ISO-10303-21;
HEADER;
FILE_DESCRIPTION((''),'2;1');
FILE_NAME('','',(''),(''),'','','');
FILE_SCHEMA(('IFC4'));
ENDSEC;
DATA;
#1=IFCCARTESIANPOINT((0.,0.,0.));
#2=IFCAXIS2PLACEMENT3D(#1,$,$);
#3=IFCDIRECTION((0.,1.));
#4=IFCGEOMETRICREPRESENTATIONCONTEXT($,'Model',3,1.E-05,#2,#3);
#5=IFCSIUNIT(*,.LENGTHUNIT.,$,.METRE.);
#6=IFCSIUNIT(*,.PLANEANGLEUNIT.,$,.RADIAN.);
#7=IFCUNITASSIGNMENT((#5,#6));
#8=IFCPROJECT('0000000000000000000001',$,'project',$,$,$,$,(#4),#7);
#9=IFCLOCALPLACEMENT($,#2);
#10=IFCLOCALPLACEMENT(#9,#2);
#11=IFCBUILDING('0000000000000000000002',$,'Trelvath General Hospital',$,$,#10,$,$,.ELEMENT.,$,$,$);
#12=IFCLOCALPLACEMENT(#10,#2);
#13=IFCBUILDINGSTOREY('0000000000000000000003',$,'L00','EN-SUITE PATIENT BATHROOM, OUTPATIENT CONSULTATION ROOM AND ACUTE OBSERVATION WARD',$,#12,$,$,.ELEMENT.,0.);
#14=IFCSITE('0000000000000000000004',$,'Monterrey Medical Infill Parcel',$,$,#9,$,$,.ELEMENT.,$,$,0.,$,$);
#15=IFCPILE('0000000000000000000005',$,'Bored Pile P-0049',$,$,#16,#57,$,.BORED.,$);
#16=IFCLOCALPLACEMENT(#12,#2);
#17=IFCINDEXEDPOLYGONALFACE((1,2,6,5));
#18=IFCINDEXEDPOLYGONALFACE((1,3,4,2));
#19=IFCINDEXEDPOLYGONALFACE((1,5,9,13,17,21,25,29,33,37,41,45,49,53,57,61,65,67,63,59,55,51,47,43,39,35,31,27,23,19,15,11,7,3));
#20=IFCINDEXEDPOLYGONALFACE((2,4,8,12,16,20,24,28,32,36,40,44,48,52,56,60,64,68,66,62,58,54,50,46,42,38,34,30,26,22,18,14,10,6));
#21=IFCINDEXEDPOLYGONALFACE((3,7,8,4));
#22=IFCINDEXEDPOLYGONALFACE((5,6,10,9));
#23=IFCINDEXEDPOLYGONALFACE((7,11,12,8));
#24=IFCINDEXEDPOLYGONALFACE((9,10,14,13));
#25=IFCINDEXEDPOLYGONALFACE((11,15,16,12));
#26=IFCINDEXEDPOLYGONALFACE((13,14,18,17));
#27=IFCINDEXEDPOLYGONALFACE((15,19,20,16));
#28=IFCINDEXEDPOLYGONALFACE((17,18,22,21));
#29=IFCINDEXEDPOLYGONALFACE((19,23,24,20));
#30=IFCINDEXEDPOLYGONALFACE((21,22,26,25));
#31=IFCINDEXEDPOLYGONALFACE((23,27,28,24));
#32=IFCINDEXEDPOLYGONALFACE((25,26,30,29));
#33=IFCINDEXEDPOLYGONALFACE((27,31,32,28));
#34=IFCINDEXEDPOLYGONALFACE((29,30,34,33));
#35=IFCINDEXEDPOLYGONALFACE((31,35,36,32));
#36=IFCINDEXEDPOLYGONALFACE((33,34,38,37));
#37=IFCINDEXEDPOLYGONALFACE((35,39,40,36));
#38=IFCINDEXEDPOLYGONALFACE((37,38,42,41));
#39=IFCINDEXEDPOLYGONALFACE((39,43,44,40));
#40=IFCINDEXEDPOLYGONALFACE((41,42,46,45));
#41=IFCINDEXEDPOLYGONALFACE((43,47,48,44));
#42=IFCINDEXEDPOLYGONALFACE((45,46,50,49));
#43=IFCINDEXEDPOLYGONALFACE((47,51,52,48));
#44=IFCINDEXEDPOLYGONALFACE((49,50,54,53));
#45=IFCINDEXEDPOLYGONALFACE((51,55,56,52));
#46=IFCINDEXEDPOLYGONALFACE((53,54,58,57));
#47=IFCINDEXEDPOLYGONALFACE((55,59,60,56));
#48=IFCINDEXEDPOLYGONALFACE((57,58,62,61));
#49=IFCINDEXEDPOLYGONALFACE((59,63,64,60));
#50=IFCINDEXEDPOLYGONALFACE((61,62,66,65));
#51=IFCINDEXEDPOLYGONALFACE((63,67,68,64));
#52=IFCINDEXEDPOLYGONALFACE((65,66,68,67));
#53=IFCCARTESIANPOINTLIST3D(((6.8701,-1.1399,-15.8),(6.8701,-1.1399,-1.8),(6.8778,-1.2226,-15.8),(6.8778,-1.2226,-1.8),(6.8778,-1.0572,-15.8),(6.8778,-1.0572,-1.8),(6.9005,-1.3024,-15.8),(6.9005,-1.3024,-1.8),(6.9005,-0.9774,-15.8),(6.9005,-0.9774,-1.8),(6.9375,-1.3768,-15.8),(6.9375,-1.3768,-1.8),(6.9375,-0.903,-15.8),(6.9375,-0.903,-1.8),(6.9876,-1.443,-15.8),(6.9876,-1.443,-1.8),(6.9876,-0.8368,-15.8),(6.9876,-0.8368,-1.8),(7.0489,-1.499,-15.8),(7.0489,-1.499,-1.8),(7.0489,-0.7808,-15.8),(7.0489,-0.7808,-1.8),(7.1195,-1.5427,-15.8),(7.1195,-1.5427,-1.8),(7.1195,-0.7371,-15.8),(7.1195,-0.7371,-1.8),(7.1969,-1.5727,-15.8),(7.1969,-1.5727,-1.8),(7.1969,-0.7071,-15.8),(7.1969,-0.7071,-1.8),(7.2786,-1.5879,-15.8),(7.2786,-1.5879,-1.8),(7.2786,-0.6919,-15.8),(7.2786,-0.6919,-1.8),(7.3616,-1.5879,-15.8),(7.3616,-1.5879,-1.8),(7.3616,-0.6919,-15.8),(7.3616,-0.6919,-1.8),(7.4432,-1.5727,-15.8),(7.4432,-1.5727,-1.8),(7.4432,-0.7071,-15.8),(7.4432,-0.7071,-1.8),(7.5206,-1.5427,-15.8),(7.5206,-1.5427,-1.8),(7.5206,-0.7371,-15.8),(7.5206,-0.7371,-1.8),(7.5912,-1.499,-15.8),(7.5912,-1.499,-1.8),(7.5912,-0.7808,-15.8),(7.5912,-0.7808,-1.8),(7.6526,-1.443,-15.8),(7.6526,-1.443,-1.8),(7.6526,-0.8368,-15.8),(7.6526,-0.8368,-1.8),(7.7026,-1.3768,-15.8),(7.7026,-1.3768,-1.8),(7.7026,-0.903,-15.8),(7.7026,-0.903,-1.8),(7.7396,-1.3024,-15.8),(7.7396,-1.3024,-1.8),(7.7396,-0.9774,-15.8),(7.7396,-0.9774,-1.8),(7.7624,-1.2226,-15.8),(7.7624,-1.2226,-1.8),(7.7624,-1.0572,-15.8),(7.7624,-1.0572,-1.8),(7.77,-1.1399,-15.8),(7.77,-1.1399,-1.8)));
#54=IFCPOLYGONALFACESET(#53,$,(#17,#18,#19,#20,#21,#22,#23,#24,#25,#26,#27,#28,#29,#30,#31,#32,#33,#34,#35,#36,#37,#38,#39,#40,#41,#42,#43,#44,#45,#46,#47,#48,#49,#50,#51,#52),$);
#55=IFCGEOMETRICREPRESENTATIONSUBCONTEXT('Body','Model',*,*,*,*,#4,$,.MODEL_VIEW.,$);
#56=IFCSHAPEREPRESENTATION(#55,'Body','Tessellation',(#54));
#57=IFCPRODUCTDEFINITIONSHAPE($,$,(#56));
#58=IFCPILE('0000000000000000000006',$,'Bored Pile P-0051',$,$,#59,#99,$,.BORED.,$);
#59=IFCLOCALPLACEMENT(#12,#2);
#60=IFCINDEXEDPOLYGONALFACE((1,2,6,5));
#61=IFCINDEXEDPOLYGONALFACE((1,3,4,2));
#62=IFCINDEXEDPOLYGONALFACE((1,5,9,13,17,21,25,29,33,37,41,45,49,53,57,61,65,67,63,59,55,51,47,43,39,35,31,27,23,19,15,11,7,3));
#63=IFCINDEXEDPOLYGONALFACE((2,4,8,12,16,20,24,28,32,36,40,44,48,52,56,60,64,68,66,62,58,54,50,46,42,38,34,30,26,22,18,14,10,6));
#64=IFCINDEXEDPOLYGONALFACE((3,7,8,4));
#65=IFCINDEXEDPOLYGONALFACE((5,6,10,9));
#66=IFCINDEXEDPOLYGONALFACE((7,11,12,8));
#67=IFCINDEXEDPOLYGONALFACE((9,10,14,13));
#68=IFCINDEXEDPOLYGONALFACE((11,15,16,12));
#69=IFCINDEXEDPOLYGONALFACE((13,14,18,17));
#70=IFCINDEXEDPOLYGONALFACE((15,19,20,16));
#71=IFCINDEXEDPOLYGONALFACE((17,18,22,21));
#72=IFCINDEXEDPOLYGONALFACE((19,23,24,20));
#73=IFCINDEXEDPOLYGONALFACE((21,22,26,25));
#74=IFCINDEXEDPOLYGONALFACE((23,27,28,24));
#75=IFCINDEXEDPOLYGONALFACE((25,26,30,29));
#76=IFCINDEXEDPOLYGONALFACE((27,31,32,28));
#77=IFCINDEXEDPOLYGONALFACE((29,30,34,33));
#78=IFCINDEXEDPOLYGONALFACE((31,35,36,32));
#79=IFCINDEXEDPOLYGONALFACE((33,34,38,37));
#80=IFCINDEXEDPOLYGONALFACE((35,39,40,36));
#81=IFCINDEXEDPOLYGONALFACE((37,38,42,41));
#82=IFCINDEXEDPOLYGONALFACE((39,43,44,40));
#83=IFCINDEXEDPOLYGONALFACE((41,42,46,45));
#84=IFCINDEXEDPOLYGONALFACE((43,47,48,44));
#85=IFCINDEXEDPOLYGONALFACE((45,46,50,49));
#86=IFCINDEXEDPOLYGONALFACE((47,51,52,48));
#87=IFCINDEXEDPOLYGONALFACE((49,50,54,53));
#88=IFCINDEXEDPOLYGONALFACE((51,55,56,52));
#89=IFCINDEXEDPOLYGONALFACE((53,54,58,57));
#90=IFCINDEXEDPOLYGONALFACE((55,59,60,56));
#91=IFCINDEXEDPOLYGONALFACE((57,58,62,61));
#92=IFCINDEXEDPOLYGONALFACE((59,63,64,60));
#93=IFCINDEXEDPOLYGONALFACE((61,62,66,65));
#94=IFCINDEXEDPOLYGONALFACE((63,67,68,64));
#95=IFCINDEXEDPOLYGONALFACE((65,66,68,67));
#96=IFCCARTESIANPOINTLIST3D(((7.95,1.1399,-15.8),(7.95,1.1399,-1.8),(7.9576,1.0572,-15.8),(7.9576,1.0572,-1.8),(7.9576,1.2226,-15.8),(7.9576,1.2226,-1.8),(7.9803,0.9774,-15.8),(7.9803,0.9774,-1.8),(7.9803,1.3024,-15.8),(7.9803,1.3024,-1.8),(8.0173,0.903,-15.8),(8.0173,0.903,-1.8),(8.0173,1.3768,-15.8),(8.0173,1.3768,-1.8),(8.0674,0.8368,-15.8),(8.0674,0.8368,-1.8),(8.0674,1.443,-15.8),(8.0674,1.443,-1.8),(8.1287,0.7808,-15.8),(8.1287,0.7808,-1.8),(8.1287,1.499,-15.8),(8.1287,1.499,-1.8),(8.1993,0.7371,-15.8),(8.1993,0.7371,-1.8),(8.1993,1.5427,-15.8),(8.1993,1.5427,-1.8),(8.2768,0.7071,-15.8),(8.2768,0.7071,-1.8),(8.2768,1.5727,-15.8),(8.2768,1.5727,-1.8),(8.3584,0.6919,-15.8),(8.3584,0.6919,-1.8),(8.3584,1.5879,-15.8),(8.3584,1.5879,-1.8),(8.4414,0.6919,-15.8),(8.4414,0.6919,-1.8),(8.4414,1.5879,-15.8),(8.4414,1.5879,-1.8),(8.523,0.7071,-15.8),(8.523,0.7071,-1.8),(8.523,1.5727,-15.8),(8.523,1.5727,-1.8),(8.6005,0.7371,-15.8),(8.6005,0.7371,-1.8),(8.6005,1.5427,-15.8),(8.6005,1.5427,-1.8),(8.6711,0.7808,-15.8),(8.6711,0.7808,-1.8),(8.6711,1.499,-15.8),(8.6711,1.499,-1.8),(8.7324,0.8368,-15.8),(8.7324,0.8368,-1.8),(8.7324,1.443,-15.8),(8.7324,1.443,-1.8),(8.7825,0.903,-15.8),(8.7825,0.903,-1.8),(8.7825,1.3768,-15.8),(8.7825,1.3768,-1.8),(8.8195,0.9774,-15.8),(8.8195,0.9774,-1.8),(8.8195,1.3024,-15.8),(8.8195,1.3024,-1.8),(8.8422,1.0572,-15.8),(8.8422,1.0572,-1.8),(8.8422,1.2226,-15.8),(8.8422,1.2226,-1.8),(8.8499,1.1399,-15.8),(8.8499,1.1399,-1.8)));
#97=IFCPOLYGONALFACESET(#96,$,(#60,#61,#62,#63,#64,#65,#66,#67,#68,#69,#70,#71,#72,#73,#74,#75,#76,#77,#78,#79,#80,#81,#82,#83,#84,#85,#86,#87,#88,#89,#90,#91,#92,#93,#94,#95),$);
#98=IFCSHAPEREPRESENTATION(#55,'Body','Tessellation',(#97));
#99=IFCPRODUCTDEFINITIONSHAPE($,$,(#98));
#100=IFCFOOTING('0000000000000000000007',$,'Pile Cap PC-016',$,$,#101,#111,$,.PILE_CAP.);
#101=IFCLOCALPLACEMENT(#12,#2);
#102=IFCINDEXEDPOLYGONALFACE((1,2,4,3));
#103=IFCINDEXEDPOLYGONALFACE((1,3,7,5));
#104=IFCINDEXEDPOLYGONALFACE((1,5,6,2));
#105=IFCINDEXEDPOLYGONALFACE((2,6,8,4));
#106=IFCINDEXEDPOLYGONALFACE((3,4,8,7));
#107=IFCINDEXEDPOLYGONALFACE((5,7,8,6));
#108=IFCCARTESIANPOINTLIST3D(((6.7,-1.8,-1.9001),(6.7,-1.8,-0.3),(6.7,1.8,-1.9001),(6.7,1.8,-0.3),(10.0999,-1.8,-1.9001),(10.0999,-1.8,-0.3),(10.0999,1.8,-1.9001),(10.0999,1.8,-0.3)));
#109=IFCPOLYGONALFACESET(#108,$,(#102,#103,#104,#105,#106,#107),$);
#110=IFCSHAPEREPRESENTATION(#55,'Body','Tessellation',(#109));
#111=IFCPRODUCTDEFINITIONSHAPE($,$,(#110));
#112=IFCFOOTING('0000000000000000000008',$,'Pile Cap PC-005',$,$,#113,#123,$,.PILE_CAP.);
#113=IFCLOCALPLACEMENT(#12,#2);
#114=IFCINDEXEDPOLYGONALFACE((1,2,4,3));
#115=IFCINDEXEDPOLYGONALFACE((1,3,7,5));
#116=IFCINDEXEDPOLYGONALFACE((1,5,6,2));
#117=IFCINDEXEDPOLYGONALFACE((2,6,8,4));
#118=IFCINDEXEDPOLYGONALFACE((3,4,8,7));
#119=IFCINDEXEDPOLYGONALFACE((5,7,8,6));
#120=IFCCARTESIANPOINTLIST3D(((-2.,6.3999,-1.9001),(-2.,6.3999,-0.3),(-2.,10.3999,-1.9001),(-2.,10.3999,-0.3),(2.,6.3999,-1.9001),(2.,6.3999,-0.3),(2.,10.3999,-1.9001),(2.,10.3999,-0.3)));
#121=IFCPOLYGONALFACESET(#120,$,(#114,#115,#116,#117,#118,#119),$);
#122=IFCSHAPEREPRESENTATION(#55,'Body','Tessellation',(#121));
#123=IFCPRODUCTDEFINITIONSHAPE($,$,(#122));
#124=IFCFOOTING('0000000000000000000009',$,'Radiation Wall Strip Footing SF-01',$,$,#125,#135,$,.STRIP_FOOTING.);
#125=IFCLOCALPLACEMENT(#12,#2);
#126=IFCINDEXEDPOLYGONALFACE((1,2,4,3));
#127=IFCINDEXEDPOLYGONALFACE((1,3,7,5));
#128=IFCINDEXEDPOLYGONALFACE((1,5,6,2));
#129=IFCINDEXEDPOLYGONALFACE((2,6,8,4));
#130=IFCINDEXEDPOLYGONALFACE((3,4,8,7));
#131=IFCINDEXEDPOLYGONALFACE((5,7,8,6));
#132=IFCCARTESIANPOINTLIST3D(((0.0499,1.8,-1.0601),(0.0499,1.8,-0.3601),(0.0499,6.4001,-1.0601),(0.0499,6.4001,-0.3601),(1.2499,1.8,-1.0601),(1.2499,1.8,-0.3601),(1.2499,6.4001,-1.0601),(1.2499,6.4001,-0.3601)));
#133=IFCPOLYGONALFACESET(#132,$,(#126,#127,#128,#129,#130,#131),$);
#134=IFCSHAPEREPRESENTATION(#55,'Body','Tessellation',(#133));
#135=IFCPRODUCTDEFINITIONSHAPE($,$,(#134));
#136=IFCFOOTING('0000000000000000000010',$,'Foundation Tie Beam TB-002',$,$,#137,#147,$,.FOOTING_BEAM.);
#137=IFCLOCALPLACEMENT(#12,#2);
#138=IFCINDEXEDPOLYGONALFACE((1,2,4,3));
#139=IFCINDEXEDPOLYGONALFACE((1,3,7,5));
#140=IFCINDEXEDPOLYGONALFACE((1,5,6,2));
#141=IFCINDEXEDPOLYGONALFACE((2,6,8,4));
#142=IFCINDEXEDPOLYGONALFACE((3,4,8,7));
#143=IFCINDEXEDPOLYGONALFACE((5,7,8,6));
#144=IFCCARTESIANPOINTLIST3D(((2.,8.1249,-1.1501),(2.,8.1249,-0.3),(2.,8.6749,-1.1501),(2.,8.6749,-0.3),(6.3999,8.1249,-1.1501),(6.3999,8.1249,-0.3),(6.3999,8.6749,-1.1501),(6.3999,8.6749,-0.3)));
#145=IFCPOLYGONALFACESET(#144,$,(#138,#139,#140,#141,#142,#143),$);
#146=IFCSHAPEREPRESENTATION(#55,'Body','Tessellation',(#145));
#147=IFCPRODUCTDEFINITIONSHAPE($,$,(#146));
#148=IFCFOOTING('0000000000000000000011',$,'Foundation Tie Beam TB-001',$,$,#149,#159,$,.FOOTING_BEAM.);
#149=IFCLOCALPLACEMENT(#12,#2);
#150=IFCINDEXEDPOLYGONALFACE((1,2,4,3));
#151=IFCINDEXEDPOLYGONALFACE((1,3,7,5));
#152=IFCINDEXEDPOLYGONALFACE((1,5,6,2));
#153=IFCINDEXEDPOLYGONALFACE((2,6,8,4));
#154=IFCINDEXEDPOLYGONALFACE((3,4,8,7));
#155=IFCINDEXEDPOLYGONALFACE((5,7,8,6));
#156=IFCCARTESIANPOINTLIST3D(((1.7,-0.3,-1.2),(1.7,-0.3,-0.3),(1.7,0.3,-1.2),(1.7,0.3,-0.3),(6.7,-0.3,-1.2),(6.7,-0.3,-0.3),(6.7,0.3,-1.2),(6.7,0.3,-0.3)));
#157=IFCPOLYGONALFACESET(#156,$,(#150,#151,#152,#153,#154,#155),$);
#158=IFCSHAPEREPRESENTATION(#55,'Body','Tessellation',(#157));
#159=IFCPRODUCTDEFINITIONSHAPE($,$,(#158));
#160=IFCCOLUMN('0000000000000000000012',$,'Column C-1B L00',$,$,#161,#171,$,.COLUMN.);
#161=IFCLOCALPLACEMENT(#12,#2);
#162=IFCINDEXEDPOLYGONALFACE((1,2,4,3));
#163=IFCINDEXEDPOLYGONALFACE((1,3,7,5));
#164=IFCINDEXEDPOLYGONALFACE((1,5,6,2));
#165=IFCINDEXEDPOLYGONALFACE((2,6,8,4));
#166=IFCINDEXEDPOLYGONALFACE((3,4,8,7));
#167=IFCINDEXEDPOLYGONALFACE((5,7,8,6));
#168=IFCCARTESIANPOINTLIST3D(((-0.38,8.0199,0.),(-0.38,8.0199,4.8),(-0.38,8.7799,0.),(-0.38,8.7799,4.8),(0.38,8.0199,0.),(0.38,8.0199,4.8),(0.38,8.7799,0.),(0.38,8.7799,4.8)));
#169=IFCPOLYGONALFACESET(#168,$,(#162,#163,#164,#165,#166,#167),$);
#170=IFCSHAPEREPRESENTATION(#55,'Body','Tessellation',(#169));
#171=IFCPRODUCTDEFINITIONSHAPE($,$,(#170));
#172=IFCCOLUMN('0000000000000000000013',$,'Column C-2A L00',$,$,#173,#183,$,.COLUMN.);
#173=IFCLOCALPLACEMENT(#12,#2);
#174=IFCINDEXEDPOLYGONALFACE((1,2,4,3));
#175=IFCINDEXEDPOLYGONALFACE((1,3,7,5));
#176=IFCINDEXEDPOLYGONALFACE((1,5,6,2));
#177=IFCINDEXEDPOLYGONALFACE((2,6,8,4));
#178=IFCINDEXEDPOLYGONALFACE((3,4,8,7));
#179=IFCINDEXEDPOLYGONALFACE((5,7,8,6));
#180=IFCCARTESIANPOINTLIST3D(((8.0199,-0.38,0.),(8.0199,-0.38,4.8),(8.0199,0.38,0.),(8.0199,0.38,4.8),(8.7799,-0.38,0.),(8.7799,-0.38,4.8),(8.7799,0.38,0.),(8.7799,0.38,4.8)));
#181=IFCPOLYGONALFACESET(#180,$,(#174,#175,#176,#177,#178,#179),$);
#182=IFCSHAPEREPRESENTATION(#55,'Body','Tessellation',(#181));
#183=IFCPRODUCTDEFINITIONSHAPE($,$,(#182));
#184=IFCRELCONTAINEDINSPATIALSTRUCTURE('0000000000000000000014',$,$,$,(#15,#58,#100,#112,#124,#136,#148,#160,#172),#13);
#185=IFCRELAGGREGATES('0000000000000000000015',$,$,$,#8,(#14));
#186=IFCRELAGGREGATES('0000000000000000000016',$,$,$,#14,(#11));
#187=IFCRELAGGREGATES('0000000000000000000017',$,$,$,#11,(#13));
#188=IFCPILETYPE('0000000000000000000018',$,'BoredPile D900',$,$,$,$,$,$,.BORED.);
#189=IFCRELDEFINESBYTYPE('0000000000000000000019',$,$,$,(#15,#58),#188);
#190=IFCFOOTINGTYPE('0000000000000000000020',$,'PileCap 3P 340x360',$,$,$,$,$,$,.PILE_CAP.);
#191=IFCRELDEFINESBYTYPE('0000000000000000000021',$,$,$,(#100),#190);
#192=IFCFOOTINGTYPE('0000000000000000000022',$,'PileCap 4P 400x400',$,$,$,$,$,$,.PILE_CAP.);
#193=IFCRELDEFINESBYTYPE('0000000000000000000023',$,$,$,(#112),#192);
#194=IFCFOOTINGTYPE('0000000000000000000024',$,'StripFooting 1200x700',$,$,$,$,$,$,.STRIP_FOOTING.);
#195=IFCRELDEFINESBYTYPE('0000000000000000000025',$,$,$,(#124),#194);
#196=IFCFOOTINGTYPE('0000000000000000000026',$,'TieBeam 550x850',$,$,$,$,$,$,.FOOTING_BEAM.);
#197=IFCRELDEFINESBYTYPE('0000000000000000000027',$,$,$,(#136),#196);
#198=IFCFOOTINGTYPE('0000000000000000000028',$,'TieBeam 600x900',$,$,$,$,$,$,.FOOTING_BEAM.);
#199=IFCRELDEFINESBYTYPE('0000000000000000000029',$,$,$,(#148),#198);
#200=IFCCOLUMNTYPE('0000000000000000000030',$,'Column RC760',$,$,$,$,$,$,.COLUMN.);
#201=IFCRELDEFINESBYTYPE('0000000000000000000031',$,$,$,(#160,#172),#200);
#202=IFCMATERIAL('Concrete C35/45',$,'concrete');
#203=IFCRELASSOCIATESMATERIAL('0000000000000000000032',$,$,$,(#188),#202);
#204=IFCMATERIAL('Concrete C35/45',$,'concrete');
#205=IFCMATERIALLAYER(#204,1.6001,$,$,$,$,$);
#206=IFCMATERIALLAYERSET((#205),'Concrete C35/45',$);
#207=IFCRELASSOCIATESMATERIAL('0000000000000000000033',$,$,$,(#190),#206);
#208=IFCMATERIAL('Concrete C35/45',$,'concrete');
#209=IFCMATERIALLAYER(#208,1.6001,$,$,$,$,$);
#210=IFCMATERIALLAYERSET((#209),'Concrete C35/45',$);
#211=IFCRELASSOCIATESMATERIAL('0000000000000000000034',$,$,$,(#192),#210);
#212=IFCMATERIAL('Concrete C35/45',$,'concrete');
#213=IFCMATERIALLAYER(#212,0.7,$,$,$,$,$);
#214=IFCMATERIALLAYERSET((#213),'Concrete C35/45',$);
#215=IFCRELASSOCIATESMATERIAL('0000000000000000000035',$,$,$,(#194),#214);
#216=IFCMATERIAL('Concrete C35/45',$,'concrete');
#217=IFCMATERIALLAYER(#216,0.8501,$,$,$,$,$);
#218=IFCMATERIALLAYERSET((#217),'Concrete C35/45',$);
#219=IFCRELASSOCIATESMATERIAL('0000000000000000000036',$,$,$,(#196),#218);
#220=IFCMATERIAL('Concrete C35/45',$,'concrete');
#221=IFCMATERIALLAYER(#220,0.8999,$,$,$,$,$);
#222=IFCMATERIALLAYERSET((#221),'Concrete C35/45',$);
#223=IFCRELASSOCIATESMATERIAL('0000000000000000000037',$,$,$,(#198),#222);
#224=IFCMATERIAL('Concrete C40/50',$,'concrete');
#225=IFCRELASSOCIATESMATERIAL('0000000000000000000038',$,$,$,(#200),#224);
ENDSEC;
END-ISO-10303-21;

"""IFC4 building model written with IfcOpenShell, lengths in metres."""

from ifc_helpers import new_model, si_unit, direction, frame, origin, origin_2d, place, context, subcontext, project, spatial, rectangle, circle, extrude, material, layer, layer_set, material_profile, profile_set, type_object, element, save


model = new_model("IFC4")

# Units and contexts
model_context = context("Model", 3, precision=1e-05, world=origin(), true_north=direction((0.0, 1.0)))
body_context = subcontext(model_context, "Body", "Model", "MODEL_VIEW")
ifc_project = project(units=[si_unit("LENGTHUNIT", "METRE"), si_unit("PLANEANGLEUNIT", "RADIAN")], contexts=[model_context])

# Site, building, storey
site_placement = place(None, origin())
site = spatial("IfcSite", under=ifc_project, at=site_placement, Name="Monterrey Medical Infill Parcel", CompositionType="ELEMENT", RefElevation=0.0)
building_placement = place(site_placement, origin())
building = spatial("IfcBuilding", under=site, at=building_placement, Name="Trelvath General Hospital", CompositionType="ELEMENT")
storey_placement = place(building_placement, origin())
storey = spatial("IfcBuildingStorey", under=building, at=storey_placement, Name="L00", Description="EN-SUITE PATIENT BATHROOM, OUTPATIENT CONSULTATION ROOM AND ACUTE OBSERVATION WARD", CompositionType="ELEMENT", Elevation=0.0)

# Piles
ifc_material_1 = material(Name="Concrete C35/45", Category="concrete")
ifc_material_profile_1 = material_profile(ifc_material_1, circle(Radius=0.45, at=origin_2d()), Name="PILE900")
ifc_profile_set_1 = profile_set([ifc_material_profile_1], Name="Concrete C35/45")
pile_type_1 = type_object("IfcPileType", Name="BoredPile D900", PredefinedType="BORED", material=ifc_profile_set_1)
for number, where, z_axis, x_axis, name in (
    (1, (7.3201, -1.1399, -1.8), (0.0, 0.0, -1.0), (1.0, 0.0, 0.0), "Bored Pile P-0049"),
    (2, (8.3999, 1.1399, -1.8), (0.0, 0.0, -1.0), (1.0, 0.0, 0.0), "Bored Pile P-0051"),
):
    element("IfcPile", number, at=place(storey_placement, frame(where, z_axis=z_axis, x_axis=x_axis)), inside=storey, type_object=pile_type_1, Name=name, PredefinedType="BORED", context=body_context, shape_type="SweptSolid", body=[
        extrude(circle(Radius=0.45, at=origin_2d()), origin(), (0.0, 0.0, 1.0), 14.0),
    ])

# Footings
ifc_material_2 = material(Name="Concrete C35/45", Category="concrete")
ifc_layer_1 = layer(ifc_material_2, 1.6001)
ifc_layer_set_1 = layer_set([ifc_layer_1], Name="Concrete C35/45")
footing_type_1 = type_object("IfcFootingType", Name="PileCap 3P 340x360", PredefinedType="PILE_CAP", material=ifc_layer_set_1)
footing_1_placement = place(storey_placement, frame((8.3999, 0.0, -1.9001), z_axis=(0.0, 0.0, 1.0), x_axis=(1.0, 0.0, 0.0)))
element("IfcFooting", 3, at=footing_1_placement, inside=storey, type_object=footing_type_1, Name="Pile Cap PC-016", PredefinedType="PILE_CAP", context=body_context, shape_type="SweptSolid", body=[
    extrude(rectangle(XDim=3.3999, YDim=3.6001, at=origin_2d()), origin(), (0.0, 0.0, 1.0), 1.6001),
])
ifc_material_3 = material(Name="Concrete C35/45", Category="concrete")
ifc_layer_2 = layer(ifc_material_3, 1.6001)
ifc_layer_set_2 = layer_set([ifc_layer_2], Name="Concrete C35/45")
footing_type_2 = type_object("IfcFootingType", Name="PileCap 4P 400x400", PredefinedType="PILE_CAP", material=ifc_layer_set_2)
footing_2_placement = place(storey_placement, frame((0.0, 8.3999, -1.9001), z_axis=(0.0, 0.0, 1.0), x_axis=(1.0, 0.0, 0.0)))
element("IfcFooting", 4, at=footing_2_placement, inside=storey, type_object=footing_type_2, Name="Pile Cap PC-005", PredefinedType="PILE_CAP", context=body_context, shape_type="SweptSolid", body=[
    extrude(rectangle(XDim=4.0, YDim=4.0, at=origin_2d()), origin(), (0.0, 0.0, 1.0), 1.6001),
])
ifc_material_4 = material(Name="Concrete C35/45", Category="concrete")
ifc_layer_3 = layer(ifc_material_4, 0.7)
ifc_layer_set_3 = layer_set([ifc_layer_3], Name="Concrete C35/45")
footing_type_3 = type_object("IfcFootingType", Name="StripFooting 1200x700", PredefinedType="STRIP_FOOTING", material=ifc_layer_set_3)
footing_3_placement = place(storey_placement, frame((0.6499, 4.1001, -1.0601), z_axis=(0.0, 0.0, 1.0), x_axis=(1.0, 0.0, 0.0)))
element("IfcFooting", 5, at=footing_3_placement, inside=storey, type_object=footing_type_3, Name="Radiation Wall Strip Footing SF-01", PredefinedType="STRIP_FOOTING", context=body_context, shape_type="SweptSolid", body=[
    extrude(rectangle(XDim=1.2, YDim=4.6001, at=origin_2d()), origin(), (0.0, 0.0, 1.0), 0.7),
])
ifc_material_5 = material(Name="Concrete C35/45", Category="concrete")
ifc_layer_4 = layer(ifc_material_5, 0.8501)
ifc_layer_set_4 = layer_set([ifc_layer_4], Name="Concrete C35/45")
footing_type_4 = type_object("IfcFootingType", Name="TieBeam 550x850", PredefinedType="FOOTING_BEAM", material=ifc_layer_set_4)
footing_4_placement = place(storey_placement, frame((4.2, 8.3999, -1.1501), z_axis=(0.0, 0.0, 1.0), x_axis=(1.0, 0.0, 0.0)))
element("IfcFooting", 6, at=footing_4_placement, inside=storey, type_object=footing_type_4, Name="Foundation Tie Beam TB-002", PredefinedType="FOOTING_BEAM", context=body_context, shape_type="SweptSolid", body=[
    extrude(rectangle(XDim=4.3999, YDim=0.55, at=origin_2d()), origin(), (0.0, 0.0, 1.0), 0.8501),
])
ifc_material_6 = material(Name="Concrete C35/45", Category="concrete")
ifc_layer_5 = layer(ifc_material_6, 0.8999)
ifc_layer_set_5 = layer_set([ifc_layer_5], Name="Concrete C35/45")
footing_type_5 = type_object("IfcFootingType", Name="TieBeam 600x900", PredefinedType="FOOTING_BEAM", material=ifc_layer_set_5)
footing_5_placement = place(storey_placement, frame((4.2, 0.0, -1.2), z_axis=(0.0, 0.0, 1.0), x_axis=(1.0, 0.0, 0.0)))
element("IfcFooting", 7, at=footing_5_placement, inside=storey, type_object=footing_type_5, Name="Foundation Tie Beam TB-001", PredefinedType="FOOTING_BEAM", context=body_context, shape_type="SweptSolid", body=[
    extrude(rectangle(XDim=5.0, YDim=0.6001, at=origin_2d()), origin(), (0.0, 0.0, 1.0), 0.8999),
])

# Columns
ifc_material_7 = material(Name="Concrete C40/50", Category="concrete")
ifc_material_profile_2 = material_profile(ifc_material_7, rectangle(XDim=0.76, YDim=0.76, at=origin_2d()), Name="RC760x760")
ifc_profile_set_2 = profile_set([ifc_material_profile_2], Name="Concrete C40/50")
column_type = type_object("IfcColumnType", Name="Column RC760", PredefinedType="COLUMN", material=ifc_profile_set_2)
for number, where, z_axis, x_axis, name in (
    (8, (0.0, 8.3999, 0.0), (0.0, 0.0, 1.0), (1.0, 0.0, 0.0), "Column C-1B L00"),
    (9, (8.3999, 0.0, 0.0), (0.0, 0.0, 1.0), (1.0, 0.0, 0.0), "Column C-2A L00"),
):
    element("IfcColumn", number, at=place(storey_placement, frame(where, z_axis=z_axis, x_axis=x_axis)), inside=storey, type_object=column_type, Name=name, PredefinedType="COLUMN", context=body_context, shape_type="SweptSolid", body=[
        extrude(rectangle(XDim=0.76, YDim=0.76, at=origin_2d()), origin(), (0.0, 0.0, 1.0), 4.8),
    ])

save(model, "model.ifc")
